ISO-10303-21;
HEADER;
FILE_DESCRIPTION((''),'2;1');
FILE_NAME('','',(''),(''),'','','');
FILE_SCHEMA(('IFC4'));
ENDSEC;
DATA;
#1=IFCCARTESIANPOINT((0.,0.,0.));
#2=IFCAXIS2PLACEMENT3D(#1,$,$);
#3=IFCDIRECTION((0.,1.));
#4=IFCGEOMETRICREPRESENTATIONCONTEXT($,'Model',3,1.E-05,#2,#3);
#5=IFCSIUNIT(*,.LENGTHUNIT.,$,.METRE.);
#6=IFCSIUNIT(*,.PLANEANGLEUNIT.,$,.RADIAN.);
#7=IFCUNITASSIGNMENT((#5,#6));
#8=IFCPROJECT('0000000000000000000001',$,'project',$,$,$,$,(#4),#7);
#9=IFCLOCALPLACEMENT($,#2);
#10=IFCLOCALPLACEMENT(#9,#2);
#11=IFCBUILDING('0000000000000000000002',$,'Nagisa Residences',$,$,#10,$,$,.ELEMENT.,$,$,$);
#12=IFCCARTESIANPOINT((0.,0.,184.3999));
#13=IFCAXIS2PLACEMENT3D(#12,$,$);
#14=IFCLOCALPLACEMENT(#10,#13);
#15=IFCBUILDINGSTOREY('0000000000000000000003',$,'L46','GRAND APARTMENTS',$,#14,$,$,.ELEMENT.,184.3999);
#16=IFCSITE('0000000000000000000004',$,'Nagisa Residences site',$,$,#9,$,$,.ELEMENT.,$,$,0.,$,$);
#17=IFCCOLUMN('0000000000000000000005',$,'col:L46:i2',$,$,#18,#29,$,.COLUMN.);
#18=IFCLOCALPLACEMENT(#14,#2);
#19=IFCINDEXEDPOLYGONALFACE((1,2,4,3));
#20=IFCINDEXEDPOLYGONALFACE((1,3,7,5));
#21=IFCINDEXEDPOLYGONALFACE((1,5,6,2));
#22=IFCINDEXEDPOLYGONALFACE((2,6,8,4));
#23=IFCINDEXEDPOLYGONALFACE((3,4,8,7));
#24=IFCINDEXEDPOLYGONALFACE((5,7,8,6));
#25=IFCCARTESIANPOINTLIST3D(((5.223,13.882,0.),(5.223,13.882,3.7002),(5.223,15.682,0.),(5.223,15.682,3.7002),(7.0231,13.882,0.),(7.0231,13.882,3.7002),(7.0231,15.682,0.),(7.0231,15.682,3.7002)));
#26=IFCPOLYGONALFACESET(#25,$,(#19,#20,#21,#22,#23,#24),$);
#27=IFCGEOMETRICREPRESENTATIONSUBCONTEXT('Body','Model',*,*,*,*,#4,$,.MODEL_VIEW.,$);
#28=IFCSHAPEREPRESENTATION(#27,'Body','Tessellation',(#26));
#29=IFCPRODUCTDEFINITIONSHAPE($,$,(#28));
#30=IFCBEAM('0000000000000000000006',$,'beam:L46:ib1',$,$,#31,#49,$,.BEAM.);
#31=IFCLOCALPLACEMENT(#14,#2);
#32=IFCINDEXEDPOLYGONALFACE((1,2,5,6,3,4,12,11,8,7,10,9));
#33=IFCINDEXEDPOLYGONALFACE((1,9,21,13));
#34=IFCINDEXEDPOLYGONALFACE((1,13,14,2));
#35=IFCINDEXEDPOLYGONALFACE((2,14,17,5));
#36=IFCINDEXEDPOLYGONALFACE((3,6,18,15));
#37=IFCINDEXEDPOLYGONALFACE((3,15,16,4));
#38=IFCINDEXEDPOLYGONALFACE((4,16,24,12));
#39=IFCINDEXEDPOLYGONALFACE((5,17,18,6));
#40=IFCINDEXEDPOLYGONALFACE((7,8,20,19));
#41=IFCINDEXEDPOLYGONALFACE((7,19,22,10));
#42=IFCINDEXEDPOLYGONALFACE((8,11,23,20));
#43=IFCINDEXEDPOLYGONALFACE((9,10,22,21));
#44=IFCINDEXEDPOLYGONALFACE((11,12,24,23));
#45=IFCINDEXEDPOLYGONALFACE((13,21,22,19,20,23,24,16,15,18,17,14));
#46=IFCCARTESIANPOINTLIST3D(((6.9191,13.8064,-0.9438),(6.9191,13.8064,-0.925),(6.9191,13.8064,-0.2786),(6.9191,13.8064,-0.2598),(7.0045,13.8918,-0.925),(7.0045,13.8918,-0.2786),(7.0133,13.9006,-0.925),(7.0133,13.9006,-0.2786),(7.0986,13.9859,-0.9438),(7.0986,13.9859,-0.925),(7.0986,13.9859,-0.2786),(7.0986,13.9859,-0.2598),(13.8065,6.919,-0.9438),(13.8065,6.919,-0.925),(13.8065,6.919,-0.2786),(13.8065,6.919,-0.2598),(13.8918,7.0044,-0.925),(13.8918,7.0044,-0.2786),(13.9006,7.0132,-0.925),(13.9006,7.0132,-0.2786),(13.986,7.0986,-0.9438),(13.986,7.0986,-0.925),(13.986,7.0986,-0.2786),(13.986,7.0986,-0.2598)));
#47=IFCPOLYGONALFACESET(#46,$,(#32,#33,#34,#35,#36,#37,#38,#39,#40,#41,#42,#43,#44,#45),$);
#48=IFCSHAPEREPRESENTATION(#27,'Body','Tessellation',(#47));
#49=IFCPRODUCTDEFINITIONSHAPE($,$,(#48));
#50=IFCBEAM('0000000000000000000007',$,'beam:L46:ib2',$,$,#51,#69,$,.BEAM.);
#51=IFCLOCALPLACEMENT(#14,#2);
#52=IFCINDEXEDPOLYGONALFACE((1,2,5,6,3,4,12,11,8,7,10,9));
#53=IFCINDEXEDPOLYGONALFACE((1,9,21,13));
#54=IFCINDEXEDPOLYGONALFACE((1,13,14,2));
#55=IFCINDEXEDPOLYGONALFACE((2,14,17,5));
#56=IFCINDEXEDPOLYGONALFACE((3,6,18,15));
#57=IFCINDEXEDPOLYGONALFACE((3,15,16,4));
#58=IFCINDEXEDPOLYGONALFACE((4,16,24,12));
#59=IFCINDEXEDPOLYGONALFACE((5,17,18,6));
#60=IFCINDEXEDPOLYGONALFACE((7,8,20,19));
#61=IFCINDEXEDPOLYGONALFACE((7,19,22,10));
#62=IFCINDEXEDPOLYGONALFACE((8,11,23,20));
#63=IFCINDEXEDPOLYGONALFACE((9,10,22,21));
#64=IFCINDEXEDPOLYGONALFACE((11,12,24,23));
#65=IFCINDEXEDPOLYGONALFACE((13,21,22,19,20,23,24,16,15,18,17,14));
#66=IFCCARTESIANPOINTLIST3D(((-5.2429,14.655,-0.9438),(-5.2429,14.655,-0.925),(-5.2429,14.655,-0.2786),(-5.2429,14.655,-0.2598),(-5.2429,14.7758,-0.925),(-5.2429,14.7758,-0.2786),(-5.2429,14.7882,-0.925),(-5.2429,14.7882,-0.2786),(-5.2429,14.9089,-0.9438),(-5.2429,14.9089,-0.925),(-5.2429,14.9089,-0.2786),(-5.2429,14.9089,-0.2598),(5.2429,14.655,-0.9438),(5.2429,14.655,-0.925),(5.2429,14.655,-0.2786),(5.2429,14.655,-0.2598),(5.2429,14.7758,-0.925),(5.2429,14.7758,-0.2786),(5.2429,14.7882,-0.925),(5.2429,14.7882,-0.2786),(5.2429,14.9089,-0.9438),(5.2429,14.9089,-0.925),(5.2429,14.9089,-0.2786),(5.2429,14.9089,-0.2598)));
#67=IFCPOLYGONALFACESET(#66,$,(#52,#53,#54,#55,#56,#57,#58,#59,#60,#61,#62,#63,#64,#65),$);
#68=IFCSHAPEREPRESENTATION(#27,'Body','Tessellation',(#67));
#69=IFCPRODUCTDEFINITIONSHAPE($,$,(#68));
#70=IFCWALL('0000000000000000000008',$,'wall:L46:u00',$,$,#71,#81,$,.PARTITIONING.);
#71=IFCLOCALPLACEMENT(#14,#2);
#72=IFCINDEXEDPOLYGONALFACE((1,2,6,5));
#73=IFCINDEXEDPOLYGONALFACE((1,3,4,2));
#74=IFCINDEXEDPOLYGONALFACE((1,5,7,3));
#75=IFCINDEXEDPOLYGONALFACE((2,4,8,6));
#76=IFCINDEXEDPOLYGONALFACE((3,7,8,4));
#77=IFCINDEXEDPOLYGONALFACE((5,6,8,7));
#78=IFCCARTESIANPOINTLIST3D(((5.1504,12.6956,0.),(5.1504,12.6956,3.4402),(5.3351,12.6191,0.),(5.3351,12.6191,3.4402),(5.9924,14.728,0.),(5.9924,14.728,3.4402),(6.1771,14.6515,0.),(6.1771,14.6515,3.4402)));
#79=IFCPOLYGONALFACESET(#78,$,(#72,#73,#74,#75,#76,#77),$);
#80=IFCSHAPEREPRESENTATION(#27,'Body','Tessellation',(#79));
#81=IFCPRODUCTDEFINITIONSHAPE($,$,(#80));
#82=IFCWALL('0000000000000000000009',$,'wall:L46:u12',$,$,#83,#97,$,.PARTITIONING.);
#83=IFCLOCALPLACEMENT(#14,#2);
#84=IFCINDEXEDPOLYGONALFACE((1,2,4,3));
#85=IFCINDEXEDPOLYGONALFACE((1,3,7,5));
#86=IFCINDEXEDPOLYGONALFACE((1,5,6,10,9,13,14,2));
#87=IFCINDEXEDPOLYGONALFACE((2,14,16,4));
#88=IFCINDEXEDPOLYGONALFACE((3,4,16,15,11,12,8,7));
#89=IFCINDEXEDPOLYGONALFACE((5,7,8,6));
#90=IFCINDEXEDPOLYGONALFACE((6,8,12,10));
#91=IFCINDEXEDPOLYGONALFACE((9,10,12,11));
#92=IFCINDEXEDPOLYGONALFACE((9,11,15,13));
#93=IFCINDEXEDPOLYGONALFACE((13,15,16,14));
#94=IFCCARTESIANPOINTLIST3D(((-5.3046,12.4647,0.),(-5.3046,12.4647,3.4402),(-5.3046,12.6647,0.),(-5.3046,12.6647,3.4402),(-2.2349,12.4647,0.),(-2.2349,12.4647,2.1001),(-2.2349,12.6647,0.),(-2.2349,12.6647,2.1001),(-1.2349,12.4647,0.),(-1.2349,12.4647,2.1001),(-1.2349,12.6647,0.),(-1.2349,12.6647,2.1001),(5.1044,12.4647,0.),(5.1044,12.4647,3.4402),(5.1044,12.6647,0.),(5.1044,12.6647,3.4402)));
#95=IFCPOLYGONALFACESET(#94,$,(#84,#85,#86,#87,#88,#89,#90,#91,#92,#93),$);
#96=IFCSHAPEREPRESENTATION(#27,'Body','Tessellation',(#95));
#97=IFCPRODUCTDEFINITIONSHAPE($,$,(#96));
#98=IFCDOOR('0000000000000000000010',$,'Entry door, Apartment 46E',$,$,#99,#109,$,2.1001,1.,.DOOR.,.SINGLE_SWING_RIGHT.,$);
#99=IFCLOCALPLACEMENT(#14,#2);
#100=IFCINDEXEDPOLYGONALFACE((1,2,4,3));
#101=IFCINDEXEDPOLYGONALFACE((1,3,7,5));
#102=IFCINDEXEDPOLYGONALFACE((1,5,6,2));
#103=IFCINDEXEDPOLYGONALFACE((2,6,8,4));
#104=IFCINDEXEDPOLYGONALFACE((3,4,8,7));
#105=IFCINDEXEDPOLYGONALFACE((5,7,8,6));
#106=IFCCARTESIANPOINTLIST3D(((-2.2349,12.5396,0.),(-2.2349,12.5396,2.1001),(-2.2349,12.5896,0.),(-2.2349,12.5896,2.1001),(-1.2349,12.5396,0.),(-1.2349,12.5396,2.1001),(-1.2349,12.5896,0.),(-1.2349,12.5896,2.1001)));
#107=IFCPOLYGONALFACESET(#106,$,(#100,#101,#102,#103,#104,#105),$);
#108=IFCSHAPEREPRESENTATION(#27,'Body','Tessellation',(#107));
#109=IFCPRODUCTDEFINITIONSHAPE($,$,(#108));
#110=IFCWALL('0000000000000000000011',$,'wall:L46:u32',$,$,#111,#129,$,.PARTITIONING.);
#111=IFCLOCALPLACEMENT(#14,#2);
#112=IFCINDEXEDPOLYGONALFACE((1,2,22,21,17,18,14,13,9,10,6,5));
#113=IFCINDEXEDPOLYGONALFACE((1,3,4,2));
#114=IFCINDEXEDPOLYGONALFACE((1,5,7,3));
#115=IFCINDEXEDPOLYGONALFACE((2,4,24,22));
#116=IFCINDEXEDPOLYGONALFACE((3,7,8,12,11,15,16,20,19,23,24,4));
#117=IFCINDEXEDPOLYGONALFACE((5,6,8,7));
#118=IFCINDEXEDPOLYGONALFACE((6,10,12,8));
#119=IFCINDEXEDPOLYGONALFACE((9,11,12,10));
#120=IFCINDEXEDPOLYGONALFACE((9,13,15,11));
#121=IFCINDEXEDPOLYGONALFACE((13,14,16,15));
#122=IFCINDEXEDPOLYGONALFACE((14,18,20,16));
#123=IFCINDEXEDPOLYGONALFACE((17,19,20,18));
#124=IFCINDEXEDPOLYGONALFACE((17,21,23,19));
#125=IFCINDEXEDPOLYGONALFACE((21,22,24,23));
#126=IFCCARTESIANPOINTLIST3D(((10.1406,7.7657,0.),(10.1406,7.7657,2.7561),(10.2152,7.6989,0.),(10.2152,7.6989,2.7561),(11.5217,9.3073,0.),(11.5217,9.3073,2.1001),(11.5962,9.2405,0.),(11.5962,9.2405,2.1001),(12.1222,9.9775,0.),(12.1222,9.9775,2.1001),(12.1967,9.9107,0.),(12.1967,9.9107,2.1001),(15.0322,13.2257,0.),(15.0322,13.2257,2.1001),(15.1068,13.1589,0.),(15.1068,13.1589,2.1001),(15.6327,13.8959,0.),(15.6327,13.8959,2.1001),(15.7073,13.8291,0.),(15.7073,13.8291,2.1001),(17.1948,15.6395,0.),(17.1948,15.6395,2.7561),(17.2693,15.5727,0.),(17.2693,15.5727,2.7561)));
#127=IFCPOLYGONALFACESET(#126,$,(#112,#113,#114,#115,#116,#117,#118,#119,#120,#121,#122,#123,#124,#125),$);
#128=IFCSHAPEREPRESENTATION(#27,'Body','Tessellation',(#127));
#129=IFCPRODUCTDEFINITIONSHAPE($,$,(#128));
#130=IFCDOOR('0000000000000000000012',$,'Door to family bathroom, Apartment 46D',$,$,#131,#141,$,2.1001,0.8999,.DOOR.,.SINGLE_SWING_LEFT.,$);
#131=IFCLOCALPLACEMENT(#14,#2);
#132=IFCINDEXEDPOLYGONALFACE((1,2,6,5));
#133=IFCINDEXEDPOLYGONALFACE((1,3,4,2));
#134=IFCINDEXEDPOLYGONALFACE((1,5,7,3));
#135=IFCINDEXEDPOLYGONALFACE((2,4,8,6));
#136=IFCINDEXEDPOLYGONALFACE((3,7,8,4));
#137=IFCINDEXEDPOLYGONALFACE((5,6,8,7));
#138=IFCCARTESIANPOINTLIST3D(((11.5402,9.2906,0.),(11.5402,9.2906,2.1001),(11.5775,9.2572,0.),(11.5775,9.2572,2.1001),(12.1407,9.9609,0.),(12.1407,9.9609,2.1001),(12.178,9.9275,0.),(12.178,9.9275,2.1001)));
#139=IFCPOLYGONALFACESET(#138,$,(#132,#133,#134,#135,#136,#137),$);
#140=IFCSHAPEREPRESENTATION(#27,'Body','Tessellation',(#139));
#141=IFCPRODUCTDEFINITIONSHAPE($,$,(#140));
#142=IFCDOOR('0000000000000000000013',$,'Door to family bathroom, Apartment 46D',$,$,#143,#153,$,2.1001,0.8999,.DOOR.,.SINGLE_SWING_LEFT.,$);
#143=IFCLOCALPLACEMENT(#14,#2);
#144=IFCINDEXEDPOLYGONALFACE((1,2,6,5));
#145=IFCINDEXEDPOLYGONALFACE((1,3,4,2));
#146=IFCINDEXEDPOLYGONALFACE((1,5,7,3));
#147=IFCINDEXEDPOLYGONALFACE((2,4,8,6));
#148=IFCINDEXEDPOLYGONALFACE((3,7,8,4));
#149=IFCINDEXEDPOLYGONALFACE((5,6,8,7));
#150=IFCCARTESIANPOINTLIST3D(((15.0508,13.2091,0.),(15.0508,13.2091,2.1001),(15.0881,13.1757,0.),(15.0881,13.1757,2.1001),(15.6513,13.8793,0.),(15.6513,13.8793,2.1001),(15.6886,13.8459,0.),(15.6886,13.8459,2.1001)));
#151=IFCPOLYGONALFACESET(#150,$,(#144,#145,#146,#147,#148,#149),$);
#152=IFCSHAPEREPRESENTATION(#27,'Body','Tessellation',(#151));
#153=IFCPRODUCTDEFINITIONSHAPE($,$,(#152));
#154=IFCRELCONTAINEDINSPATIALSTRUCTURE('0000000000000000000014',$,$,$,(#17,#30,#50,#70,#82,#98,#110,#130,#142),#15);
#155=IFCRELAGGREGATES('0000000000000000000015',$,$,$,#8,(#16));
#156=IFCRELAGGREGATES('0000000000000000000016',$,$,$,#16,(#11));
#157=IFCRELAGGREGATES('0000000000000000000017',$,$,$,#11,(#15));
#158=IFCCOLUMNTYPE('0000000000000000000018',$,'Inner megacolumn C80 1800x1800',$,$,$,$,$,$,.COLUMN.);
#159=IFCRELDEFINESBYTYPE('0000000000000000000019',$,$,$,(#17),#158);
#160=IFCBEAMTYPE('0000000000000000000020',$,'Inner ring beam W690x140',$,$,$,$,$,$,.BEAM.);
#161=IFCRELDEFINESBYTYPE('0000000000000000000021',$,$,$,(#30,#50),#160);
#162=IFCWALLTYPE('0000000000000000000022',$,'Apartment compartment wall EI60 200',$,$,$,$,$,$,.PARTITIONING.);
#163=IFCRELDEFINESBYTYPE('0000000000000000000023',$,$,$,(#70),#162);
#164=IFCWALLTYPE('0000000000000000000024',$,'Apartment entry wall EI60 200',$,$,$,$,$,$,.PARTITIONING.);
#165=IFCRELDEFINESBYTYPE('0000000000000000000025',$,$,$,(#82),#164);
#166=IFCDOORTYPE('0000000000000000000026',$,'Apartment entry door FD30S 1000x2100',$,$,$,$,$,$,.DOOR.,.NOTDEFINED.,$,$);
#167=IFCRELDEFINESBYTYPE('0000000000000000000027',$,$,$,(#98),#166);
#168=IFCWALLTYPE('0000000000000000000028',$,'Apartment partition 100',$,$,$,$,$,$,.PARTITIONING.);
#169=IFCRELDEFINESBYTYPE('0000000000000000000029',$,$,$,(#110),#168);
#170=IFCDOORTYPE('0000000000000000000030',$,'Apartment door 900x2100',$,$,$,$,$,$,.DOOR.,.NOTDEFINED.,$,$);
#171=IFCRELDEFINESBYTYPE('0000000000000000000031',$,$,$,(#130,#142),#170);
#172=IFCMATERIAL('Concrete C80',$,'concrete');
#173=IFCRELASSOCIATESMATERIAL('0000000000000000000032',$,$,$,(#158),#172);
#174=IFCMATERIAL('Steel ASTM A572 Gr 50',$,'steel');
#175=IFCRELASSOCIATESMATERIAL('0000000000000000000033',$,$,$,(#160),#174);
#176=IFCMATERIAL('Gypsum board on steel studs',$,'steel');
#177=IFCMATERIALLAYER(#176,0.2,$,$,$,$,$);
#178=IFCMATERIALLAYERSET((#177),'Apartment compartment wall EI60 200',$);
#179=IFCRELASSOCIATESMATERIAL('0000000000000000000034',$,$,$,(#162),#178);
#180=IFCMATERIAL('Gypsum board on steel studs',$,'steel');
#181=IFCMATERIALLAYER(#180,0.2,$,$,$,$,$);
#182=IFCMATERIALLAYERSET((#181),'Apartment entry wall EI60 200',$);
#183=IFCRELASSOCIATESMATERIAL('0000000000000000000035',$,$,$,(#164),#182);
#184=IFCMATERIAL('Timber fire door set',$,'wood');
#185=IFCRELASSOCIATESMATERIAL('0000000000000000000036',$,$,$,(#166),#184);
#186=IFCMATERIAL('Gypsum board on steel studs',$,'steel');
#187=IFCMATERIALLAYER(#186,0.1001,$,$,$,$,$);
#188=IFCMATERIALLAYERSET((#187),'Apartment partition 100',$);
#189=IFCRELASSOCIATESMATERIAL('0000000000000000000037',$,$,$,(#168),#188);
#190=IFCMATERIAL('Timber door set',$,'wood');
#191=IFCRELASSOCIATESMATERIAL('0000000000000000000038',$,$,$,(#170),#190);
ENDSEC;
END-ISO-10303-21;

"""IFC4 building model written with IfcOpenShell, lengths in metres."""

from ifc_helpers import new_model, si_unit, direction, frame, frame_2d, origin, origin_2d, place, context, subcontext, project, spatial, rectangle, i_section, extrude, material, layer, layer_set, material_profile, profile_set, type_object, element, fill, save


model = new_model("IFC4")

# Units and contexts
model_context = context("Model", 3, precision=1e-05, world=origin(), true_north=direction((0.0, 1.0)))
body_context = subcontext(model_context, "Body", "Model", "MODEL_VIEW")
ifc_project = project(units=[si_unit("LENGTHUNIT", "METRE"), si_unit("PLANEANGLEUNIT", "RADIAN")], contexts=[model_context])

# Site, building, storey
site_placement = place(None, origin())
site = spatial("IfcSite", under=ifc_project, at=site_placement, Name="Nagisa Residences site", CompositionType="ELEMENT", RefElevation=0.0)
building_placement = place(site_placement, origin())
building = spatial("IfcBuilding", under=site, at=building_placement, Name="Nagisa Residences", CompositionType="ELEMENT")
storey_placement = place(building_placement, frame((0.0, 0.0, 184.3999)))
storey = spatial("IfcBuildingStorey", under=building, at=storey_placement, Name="L46", Description="GRAND APARTMENTS", CompositionType="ELEMENT", Elevation=184.3999)

# Column
ifc_material_1 = material(Name="Concrete C80", Category="concrete")
ifc_material_profile_1 = material_profile(ifc_material_1, rectangle(XDim=1.8, YDim=1.8, at=origin_2d()), Name="C80 1800x1800")
ifc_profile_set_1 = profile_set([ifc_material_profile_1], Name="Concrete C80")
column_type = type_object("IfcColumnType", Name="Inner megacolumn C80 1800x1800", PredefinedType="COLUMN", material=ifc_profile_set_1)
column_placement = place(storey_placement, frame((6.123, 14.782, 0.0), z_axis=(0.0, 0.0, 1.0), x_axis=(1.0, 0.0, 0.0)))
element("IfcColumn", 1, at=column_placement, inside=storey, type_object=column_type, Name="col:L46:i2", PredefinedType="COLUMN", context=body_context, shape_type="SweptSolid", body=[
    extrude(rectangle(XDim=1.8, YDim=1.8, at=origin_2d()), origin(), (0.0, 0.0, 1.0), 3.7002),
])

# Beams
ifc_material_2 = material(Name="Steel ASTM A572 Gr 50", Category="steel")
ifc_material_profile_2 = material_profile(ifc_material_2, i_section(OverallWidth=0.2539, OverallDepth=0.6841, WebThickness=0.0125, FlangeThickness=0.0188, at=origin_2d()), Name="W690x140")
ifc_profile_set_2 = profile_set([ifc_material_profile_2], Name="Steel ASTM A572 Gr 50")
beam_type = type_object("IfcBeamType", Name="Inner ring beam W690x140", PredefinedType="BEAM", material=ifc_profile_set_2)
beam_1_placement = place(storey_placement, frame((13.8962, 7.0088, -0.6018), z_axis=(-0.707107, 0.707107, 0.0), x_axis=(-0.707107, -0.707107, 0.0)))
element("IfcBeam", 2, at=beam_1_placement, inside=storey, type_object=beam_type, Name="beam:L46:ib1", PredefinedType="BEAM", context=body_context, shape_type="SweptSolid", body=[
    extrude(i_section(OverallWidth=0.2539, OverallDepth=0.6841, WebThickness=0.0125, FlangeThickness=0.0188, at=origin_2d()), origin(), (0.0, 0.0, 1.0), 9.7402),
])
beam_2_placement = place(storey_placement, frame((5.2429, 14.782, -0.6018), z_axis=(-1.0, 0.0, 0.0), x_axis=(0.0, -1.0, 0.0)))
element("IfcBeam", 3, at=beam_2_placement, inside=storey, type_object=beam_type, Name="beam:L46:ib2", PredefinedType="BEAM", context=body_context, shape_type="SweptSolid", body=[
    extrude(i_section(OverallWidth=0.2539, OverallDepth=0.6841, WebThickness=0.0125, FlangeThickness=0.0188, at=origin_2d()), origin(), (0.0, 0.0, 1.0), 10.4858),
])

# Wall
ifc_material_3 = material(Name="Gypsum board on steel studs", Category="steel")
ifc_layer_1 = layer(ifc_material_3, 0.2)
ifc_layer_set_1 = layer_set([ifc_layer_1], Name="Apartment compartment wall EI60 200")
wall_type_1 = type_object("IfcWallType", Name="Apartment compartment wall EI60 200", PredefinedType="PARTITIONING", material=ifc_layer_set_1)
wall_1_placement = place(storey_placement, frame((5.2427, 12.6572, 0.0), z_axis=(0.0, 0.0, 1.0), x_axis=(0.382747, 0.923853, 0.0)))
element("IfcWall", 4, at=wall_1_placement, inside=storey, type_object=wall_type_1, Name="wall:L46:u00", PredefinedType="PARTITIONING", context=body_context, shape_type="SweptSolid", body=[
    extrude(rectangle(XDim=2.2, YDim=0.2, at=frame_2d((1.1001, 0.0))), origin(), (0.0, 0.0, 1.0), 3.4402),
])

# Wall, opening, door
ifc_material_4 = material(Name="Gypsum board on steel studs", Category="steel")
ifc_layer_2 = layer(ifc_material_4, 0.2)
ifc_layer_set_2 = layer_set([ifc_layer_2], Name="Apartment entry wall EI60 200")
wall_type_2 = type_object("IfcWallType", Name="Apartment entry wall EI60 200", PredefinedType="PARTITIONING", material=ifc_layer_set_2)
wall_2_placement = place(storey_placement, frame((5.1045, 12.5647, 0.0), z_axis=(0.0, 0.0, 1.0), x_axis=(-1.0, 0.0, 0.0)))
wall_2 = element("IfcWall", 5, at=wall_2_placement, inside=storey, type_object=wall_type_2, Name="wall:L46:u12", PredefinedType="PARTITIONING", context=body_context, shape_type="SweptSolid", body=[
    extrude(rectangle(XDim=10.4089, YDim=0.2, at=frame_2d((5.2046, 0.0))), origin(), (0.0, 0.0, 1.0), 3.4402),
])
opening_1_placement = place(wall_2_placement, frame((6.3394, 0.0, 0.0)))
opening_1 = element("IfcOpeningElement", 6, at=opening_1_placement, cuts=wall_2, PredefinedType="OPENING", context=body_context, shape_type="SweptSolid", body=[
    extrude(rectangle(XDim=1.0, YDim=2.1001, at=frame_2d((0.5, 1.05))), frame((0.0, 0.1099, 0.0), z_axis=(0.0, -1.0, 0.0), x_axis=(1.0, 0.0, 0.0)), (0.0, 0.0, 1.0), 0.22),
])
ifc_material_5 = material(Name="Timber fire door set", Category="wood")
door_type_1 = type_object("IfcDoorType", Name="Apartment entry door FD30S 1000x2100", OperationType="NOTDEFINED", PredefinedType="DOOR", material=ifc_material_5)
door_1_placement = place(opening_1_placement, frame((1.0, 0.0, 0.0), x_axis=(-1.0, 0.0, 0.0)))
door_1 = element("IfcDoor", 7, at=door_1_placement, inside=storey, type_object=door_type_1, Name="Entry door, Apartment 46E", OperationType="SINGLE_SWING_RIGHT", OverallHeight=2.1001, OverallWidth=1.0, PredefinedType="DOOR", context=body_context, shape_type="SweptSolid", body=[
    extrude(rectangle(XDim=1.0, YDim=2.1001, at=frame_2d((0.5, 1.05))), frame((0.0, 0.0249, 0.0), z_axis=(0.0, -1.0, 0.0), x_axis=(1.0, 0.0, 0.0)), (0.0, 0.0, 1.0), 0.05),
])
fill(opening_1, door_1)

# Wall, openings, doors
ifc_material_6 = material(Name="Gypsum board on steel studs", Category="steel")
ifc_layer_3 = layer(ifc_material_6, 0.1001)
ifc_layer_set_3 = layer_set([ifc_layer_3], Name="Apartment partition 100")
wall_type_3 = type_object("IfcWallType", Name="Apartment partition 100", PredefinedType="PARTITIONING", material=ifc_layer_set_3)
wall_3_placement = place(storey_placement, frame((10.178, 7.7324, 0.0), z_axis=(0.0, 0.0, 1.0), x_axis=(0.66728, 0.744807, 0.0)))
wall_3 = element("IfcWall", 8, at=wall_3_placement, inside=storey, type_object=wall_type_3, Name="wall:L46:u32", PredefinedType="PARTITIONING", context=body_context, shape_type="SweptSolid", body=[
    extrude(rectangle(XDim=10.5715, YDim=0.1001, at=frame_2d((5.2856, 0.0))), origin(), (0.0, 0.0, 1.0), 2.7561),
])
opening_2_placement = place(wall_3_placement, frame((2.0696, 0.0, 0.0)))
opening_2 = element("IfcOpeningElement", 9, at=opening_2_placement, cuts=wall_3, PredefinedType="OPENING", context=body_context, shape_type="SweptSolid", body=[
    extrude(rectangle(XDim=0.8999, YDim=2.1001, at=frame_2d((0.45, 1.05))), frame((0.0, 0.0601, 0.0), z_axis=(0.0, -1.0, 0.0), x_axis=(1.0, 0.0, 0.0)), (0.0, 0.0, 1.0), 0.1201),
])
opening_3_placement = place(wall_3_placement, frame((7.3306, 0.0, 0.0)))
opening_3 = element("IfcOpeningElement", 10, at=opening_3_placement, cuts=wall_3, PredefinedType="OPENING", context=body_context, shape_type="SweptSolid", body=[
    extrude(rectangle(XDim=0.8999, YDim=2.1001, at=frame_2d((0.45, 1.05))), frame((0.0, 0.0601, 0.0), z_axis=(0.0, -1.0, 0.0), x_axis=(1.0, 0.0, 0.0)), (0.0, 0.0, 1.0), 0.1201),
])
ifc_material_7 = material(Name="Timber door set", Category="wood")
door_type_2 = type_object("IfcDoorType", Name="Apartment door 900x2100", OperationType="NOTDEFINED", PredefinedType="DOOR", material=ifc_material_7)
door_2_placement = place(opening_2_placement, frame((0.8999, 0.0, 0.0), x_axis=(-1.0, 0.0, 0.0)))
door_2 = element("IfcDoor", 11, at=door_2_placement, inside=storey, type_object=door_type_2, Name="Door to family bathroom, Apartment 46D", OperationType="SINGLE_SWING_LEFT", OverallHeight=2.1001, OverallWidth=0.8999, PredefinedType="DOOR", context=body_context, shape_type="SweptSolid", body=[
    extrude(rectangle(XDim=0.8999, YDim=2.1001, at=frame_2d((0.45, 1.05))), frame((0.0, 0.0249, 0.0), z_axis=(0.0, -1.0, 0.0), x_axis=(1.0, 0.0, 0.0)), (0.0, 0.0, 1.0), 0.05),
])
fill(opening_2, door_2)
door_3_placement = place(opening_3_placement, frame((0.8999, 0.0, 0.0), x_axis=(-1.0, 0.0, 0.0)))
door_3 = element("IfcDoor", 12, at=door_3_placement, inside=storey, type_object=door_type_2, Name="Door to family bathroom, Apartment 46D", OperationType="SINGLE_SWING_LEFT", OverallHeight=2.1001, OverallWidth=0.8999, PredefinedType="DOOR", context=body_context, shape_type="SweptSolid", body=[
    extrude(rectangle(XDim=0.8999, YDim=2.1001, at=frame_2d((0.45, 1.05))), frame((0.0, 0.0249, 0.0), z_axis=(0.0, -1.0, 0.0), x_axis=(1.0, 0.0, 0.0)), (0.0, 0.0, 1.0), 0.05),
])
fill(opening_3, door_3)

save(model, "model.ifc")
